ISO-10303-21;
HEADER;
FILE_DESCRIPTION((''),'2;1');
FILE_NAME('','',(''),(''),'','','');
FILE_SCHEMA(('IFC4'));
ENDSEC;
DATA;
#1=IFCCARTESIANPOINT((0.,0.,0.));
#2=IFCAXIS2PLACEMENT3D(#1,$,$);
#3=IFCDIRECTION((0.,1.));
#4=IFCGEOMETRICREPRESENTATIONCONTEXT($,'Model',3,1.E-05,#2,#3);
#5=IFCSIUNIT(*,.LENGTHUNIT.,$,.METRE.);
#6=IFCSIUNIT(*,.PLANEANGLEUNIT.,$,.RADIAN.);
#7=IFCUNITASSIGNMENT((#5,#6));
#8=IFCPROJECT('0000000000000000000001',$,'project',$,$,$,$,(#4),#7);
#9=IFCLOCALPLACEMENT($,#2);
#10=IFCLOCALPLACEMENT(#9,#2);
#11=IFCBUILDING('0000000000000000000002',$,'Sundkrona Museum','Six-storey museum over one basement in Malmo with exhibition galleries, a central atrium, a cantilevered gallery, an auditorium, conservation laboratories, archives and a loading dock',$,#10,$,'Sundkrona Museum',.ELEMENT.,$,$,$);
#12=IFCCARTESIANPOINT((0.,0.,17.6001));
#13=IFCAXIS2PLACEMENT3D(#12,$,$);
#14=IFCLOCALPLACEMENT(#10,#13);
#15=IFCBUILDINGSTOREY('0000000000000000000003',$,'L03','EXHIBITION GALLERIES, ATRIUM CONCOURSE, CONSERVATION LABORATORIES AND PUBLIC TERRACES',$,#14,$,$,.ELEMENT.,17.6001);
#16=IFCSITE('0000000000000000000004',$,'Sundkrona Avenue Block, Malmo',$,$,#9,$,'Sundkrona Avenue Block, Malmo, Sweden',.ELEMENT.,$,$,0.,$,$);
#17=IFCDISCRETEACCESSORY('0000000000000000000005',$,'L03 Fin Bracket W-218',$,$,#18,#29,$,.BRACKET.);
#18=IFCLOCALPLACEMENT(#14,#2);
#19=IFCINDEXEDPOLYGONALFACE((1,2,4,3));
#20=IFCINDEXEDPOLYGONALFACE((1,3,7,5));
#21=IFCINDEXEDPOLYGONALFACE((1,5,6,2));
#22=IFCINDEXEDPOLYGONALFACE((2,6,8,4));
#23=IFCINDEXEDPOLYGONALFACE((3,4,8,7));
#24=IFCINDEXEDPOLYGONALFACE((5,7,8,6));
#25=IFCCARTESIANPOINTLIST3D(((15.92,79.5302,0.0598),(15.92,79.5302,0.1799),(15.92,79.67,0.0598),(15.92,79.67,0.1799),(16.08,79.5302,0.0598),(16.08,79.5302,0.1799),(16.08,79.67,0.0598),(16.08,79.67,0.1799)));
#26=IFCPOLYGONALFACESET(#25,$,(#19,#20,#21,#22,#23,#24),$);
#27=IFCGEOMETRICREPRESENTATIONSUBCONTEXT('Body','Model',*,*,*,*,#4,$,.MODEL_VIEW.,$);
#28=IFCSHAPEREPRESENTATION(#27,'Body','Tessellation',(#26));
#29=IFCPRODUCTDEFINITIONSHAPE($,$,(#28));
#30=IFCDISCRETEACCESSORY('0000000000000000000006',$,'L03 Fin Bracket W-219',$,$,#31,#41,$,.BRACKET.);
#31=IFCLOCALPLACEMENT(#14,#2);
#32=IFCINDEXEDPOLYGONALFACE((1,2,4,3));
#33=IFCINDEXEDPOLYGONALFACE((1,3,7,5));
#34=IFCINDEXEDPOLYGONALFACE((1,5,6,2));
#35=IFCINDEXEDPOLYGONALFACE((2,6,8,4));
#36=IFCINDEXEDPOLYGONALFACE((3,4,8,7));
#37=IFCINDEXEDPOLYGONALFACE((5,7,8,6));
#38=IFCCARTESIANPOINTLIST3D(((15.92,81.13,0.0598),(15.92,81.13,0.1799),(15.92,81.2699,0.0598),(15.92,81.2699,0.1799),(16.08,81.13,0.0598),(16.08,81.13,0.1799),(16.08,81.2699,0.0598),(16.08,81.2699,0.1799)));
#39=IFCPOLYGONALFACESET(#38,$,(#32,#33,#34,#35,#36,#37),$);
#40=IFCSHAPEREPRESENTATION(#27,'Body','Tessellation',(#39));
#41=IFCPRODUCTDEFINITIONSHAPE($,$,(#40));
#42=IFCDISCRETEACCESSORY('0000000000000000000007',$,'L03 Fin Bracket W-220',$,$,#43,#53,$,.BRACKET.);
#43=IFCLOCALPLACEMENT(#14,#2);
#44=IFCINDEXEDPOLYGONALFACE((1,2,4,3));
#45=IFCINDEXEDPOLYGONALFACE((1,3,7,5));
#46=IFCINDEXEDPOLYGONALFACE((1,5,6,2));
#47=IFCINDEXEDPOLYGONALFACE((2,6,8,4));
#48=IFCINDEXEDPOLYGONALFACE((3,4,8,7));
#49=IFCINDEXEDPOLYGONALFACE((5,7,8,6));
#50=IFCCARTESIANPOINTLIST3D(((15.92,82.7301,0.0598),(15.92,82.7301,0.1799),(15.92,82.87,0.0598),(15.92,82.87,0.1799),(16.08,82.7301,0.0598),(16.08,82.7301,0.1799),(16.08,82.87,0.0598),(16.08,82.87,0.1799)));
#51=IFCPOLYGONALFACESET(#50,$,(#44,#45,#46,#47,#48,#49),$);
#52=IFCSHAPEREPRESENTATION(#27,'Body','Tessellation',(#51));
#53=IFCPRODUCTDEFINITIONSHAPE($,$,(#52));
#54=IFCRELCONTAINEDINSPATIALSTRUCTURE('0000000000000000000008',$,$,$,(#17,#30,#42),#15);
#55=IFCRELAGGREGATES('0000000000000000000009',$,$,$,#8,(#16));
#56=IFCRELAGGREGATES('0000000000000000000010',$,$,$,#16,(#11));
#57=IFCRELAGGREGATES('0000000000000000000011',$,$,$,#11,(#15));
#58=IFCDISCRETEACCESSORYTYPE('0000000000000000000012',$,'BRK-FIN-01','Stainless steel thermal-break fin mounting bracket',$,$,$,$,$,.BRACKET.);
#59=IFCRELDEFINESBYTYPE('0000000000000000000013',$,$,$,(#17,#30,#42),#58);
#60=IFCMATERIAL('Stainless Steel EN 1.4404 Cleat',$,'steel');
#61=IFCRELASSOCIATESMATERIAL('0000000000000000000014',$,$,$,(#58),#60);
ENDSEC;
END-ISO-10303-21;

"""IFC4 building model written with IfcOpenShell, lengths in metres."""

from ifc_helpers import new_model, si_unit, direction, frame, origin, origin_2d, place, context, subcontext, project, spatial, rectangle, extrude, material, type_object, element, save


model = new_model("IFC4")

# Units and contexts
model_context = context("Model", 3, precision=1e-05, world=origin(), true_north=direction((0.0, 1.0)))
body_context = subcontext(model_context, "Body", "Model", "MODEL_VIEW")
ifc_project = project(units=[si_unit("LENGTHUNIT", "METRE"), si_unit("PLANEANGLEUNIT", "RADIAN")], contexts=[model_context])

# Site, building, storey
site_placement = place(None, origin())
site = spatial("IfcSite", under=ifc_project, at=site_placement, Name="Sundkrona Avenue Block, Malmo", LongName="Sundkrona Avenue Block, Malmo, Sweden", CompositionType="ELEMENT", RefElevation=0.0)
building_placement = place(site_placement, origin())
building = spatial("IfcBuilding", under=site, at=building_placement, Name="Sundkrona Museum", Description="Six-storey museum over one basement in Malmo with exhibition galleries, a central atrium, a cantilevered gallery, an auditorium, conservation laboratories, archives and a loading dock", LongName="Sundkrona Museum", CompositionType="ELEMENT")
storey_placement = place(building_placement, frame((0.0, 0.0, 17.6001)))
storey = spatial("IfcBuildingStorey", under=building, at=storey_placement, Name="L03", Description="EXHIBITION GALLERIES, ATRIUM CONCOURSE, CONSERVATION LABORATORIES AND PUBLIC TERRACES", CompositionType="ELEMENT", Elevation=17.6001)

# Discrete accessories
ifc_material_1 = material(Name="Stainless Steel EN 1.4404 Cleat", Category="steel")
discrete_accessory_type = type_object("IfcDiscreteAccessoryType", Name="BRK-FIN-01", Description="Stainless steel thermal-break fin mounting bracket", PredefinedType="BRACKET", material=ifc_material_1)
for number, where, z_axis, x_axis, name in (
    (1, (16.0, 79.6001, 0.0598), (0.0, 0.0, 1.0), (1.0, 0.0, 0.0), "L03 Fin Bracket W-218"),
    (2, (16.0, 81.2, 0.0598), (0.0, 0.0, 1.0), (1.0, 0.0, 0.0), "L03 Fin Bracket W-219"),
    (3, (16.0, 82.8, 0.0598), (0.0, 0.0, 1.0), (1.0, 0.0, 0.0), "L03 Fin Bracket W-220"),
):
    element("IfcDiscreteAccessory", number, at=place(storey_placement, frame(where, z_axis=z_axis, x_axis=x_axis)), inside=storey, type_object=discrete_accessory_type, Name=name, PredefinedType="BRACKET", context=body_context, shape_type="SweptSolid", body=[
        extrude(rectangle(XDim=0.1599, YDim=0.1399, at=origin_2d()), origin(), (0.0, 0.0, 1.0), 0.1201),
    ])

save(model, "model.ifc")
